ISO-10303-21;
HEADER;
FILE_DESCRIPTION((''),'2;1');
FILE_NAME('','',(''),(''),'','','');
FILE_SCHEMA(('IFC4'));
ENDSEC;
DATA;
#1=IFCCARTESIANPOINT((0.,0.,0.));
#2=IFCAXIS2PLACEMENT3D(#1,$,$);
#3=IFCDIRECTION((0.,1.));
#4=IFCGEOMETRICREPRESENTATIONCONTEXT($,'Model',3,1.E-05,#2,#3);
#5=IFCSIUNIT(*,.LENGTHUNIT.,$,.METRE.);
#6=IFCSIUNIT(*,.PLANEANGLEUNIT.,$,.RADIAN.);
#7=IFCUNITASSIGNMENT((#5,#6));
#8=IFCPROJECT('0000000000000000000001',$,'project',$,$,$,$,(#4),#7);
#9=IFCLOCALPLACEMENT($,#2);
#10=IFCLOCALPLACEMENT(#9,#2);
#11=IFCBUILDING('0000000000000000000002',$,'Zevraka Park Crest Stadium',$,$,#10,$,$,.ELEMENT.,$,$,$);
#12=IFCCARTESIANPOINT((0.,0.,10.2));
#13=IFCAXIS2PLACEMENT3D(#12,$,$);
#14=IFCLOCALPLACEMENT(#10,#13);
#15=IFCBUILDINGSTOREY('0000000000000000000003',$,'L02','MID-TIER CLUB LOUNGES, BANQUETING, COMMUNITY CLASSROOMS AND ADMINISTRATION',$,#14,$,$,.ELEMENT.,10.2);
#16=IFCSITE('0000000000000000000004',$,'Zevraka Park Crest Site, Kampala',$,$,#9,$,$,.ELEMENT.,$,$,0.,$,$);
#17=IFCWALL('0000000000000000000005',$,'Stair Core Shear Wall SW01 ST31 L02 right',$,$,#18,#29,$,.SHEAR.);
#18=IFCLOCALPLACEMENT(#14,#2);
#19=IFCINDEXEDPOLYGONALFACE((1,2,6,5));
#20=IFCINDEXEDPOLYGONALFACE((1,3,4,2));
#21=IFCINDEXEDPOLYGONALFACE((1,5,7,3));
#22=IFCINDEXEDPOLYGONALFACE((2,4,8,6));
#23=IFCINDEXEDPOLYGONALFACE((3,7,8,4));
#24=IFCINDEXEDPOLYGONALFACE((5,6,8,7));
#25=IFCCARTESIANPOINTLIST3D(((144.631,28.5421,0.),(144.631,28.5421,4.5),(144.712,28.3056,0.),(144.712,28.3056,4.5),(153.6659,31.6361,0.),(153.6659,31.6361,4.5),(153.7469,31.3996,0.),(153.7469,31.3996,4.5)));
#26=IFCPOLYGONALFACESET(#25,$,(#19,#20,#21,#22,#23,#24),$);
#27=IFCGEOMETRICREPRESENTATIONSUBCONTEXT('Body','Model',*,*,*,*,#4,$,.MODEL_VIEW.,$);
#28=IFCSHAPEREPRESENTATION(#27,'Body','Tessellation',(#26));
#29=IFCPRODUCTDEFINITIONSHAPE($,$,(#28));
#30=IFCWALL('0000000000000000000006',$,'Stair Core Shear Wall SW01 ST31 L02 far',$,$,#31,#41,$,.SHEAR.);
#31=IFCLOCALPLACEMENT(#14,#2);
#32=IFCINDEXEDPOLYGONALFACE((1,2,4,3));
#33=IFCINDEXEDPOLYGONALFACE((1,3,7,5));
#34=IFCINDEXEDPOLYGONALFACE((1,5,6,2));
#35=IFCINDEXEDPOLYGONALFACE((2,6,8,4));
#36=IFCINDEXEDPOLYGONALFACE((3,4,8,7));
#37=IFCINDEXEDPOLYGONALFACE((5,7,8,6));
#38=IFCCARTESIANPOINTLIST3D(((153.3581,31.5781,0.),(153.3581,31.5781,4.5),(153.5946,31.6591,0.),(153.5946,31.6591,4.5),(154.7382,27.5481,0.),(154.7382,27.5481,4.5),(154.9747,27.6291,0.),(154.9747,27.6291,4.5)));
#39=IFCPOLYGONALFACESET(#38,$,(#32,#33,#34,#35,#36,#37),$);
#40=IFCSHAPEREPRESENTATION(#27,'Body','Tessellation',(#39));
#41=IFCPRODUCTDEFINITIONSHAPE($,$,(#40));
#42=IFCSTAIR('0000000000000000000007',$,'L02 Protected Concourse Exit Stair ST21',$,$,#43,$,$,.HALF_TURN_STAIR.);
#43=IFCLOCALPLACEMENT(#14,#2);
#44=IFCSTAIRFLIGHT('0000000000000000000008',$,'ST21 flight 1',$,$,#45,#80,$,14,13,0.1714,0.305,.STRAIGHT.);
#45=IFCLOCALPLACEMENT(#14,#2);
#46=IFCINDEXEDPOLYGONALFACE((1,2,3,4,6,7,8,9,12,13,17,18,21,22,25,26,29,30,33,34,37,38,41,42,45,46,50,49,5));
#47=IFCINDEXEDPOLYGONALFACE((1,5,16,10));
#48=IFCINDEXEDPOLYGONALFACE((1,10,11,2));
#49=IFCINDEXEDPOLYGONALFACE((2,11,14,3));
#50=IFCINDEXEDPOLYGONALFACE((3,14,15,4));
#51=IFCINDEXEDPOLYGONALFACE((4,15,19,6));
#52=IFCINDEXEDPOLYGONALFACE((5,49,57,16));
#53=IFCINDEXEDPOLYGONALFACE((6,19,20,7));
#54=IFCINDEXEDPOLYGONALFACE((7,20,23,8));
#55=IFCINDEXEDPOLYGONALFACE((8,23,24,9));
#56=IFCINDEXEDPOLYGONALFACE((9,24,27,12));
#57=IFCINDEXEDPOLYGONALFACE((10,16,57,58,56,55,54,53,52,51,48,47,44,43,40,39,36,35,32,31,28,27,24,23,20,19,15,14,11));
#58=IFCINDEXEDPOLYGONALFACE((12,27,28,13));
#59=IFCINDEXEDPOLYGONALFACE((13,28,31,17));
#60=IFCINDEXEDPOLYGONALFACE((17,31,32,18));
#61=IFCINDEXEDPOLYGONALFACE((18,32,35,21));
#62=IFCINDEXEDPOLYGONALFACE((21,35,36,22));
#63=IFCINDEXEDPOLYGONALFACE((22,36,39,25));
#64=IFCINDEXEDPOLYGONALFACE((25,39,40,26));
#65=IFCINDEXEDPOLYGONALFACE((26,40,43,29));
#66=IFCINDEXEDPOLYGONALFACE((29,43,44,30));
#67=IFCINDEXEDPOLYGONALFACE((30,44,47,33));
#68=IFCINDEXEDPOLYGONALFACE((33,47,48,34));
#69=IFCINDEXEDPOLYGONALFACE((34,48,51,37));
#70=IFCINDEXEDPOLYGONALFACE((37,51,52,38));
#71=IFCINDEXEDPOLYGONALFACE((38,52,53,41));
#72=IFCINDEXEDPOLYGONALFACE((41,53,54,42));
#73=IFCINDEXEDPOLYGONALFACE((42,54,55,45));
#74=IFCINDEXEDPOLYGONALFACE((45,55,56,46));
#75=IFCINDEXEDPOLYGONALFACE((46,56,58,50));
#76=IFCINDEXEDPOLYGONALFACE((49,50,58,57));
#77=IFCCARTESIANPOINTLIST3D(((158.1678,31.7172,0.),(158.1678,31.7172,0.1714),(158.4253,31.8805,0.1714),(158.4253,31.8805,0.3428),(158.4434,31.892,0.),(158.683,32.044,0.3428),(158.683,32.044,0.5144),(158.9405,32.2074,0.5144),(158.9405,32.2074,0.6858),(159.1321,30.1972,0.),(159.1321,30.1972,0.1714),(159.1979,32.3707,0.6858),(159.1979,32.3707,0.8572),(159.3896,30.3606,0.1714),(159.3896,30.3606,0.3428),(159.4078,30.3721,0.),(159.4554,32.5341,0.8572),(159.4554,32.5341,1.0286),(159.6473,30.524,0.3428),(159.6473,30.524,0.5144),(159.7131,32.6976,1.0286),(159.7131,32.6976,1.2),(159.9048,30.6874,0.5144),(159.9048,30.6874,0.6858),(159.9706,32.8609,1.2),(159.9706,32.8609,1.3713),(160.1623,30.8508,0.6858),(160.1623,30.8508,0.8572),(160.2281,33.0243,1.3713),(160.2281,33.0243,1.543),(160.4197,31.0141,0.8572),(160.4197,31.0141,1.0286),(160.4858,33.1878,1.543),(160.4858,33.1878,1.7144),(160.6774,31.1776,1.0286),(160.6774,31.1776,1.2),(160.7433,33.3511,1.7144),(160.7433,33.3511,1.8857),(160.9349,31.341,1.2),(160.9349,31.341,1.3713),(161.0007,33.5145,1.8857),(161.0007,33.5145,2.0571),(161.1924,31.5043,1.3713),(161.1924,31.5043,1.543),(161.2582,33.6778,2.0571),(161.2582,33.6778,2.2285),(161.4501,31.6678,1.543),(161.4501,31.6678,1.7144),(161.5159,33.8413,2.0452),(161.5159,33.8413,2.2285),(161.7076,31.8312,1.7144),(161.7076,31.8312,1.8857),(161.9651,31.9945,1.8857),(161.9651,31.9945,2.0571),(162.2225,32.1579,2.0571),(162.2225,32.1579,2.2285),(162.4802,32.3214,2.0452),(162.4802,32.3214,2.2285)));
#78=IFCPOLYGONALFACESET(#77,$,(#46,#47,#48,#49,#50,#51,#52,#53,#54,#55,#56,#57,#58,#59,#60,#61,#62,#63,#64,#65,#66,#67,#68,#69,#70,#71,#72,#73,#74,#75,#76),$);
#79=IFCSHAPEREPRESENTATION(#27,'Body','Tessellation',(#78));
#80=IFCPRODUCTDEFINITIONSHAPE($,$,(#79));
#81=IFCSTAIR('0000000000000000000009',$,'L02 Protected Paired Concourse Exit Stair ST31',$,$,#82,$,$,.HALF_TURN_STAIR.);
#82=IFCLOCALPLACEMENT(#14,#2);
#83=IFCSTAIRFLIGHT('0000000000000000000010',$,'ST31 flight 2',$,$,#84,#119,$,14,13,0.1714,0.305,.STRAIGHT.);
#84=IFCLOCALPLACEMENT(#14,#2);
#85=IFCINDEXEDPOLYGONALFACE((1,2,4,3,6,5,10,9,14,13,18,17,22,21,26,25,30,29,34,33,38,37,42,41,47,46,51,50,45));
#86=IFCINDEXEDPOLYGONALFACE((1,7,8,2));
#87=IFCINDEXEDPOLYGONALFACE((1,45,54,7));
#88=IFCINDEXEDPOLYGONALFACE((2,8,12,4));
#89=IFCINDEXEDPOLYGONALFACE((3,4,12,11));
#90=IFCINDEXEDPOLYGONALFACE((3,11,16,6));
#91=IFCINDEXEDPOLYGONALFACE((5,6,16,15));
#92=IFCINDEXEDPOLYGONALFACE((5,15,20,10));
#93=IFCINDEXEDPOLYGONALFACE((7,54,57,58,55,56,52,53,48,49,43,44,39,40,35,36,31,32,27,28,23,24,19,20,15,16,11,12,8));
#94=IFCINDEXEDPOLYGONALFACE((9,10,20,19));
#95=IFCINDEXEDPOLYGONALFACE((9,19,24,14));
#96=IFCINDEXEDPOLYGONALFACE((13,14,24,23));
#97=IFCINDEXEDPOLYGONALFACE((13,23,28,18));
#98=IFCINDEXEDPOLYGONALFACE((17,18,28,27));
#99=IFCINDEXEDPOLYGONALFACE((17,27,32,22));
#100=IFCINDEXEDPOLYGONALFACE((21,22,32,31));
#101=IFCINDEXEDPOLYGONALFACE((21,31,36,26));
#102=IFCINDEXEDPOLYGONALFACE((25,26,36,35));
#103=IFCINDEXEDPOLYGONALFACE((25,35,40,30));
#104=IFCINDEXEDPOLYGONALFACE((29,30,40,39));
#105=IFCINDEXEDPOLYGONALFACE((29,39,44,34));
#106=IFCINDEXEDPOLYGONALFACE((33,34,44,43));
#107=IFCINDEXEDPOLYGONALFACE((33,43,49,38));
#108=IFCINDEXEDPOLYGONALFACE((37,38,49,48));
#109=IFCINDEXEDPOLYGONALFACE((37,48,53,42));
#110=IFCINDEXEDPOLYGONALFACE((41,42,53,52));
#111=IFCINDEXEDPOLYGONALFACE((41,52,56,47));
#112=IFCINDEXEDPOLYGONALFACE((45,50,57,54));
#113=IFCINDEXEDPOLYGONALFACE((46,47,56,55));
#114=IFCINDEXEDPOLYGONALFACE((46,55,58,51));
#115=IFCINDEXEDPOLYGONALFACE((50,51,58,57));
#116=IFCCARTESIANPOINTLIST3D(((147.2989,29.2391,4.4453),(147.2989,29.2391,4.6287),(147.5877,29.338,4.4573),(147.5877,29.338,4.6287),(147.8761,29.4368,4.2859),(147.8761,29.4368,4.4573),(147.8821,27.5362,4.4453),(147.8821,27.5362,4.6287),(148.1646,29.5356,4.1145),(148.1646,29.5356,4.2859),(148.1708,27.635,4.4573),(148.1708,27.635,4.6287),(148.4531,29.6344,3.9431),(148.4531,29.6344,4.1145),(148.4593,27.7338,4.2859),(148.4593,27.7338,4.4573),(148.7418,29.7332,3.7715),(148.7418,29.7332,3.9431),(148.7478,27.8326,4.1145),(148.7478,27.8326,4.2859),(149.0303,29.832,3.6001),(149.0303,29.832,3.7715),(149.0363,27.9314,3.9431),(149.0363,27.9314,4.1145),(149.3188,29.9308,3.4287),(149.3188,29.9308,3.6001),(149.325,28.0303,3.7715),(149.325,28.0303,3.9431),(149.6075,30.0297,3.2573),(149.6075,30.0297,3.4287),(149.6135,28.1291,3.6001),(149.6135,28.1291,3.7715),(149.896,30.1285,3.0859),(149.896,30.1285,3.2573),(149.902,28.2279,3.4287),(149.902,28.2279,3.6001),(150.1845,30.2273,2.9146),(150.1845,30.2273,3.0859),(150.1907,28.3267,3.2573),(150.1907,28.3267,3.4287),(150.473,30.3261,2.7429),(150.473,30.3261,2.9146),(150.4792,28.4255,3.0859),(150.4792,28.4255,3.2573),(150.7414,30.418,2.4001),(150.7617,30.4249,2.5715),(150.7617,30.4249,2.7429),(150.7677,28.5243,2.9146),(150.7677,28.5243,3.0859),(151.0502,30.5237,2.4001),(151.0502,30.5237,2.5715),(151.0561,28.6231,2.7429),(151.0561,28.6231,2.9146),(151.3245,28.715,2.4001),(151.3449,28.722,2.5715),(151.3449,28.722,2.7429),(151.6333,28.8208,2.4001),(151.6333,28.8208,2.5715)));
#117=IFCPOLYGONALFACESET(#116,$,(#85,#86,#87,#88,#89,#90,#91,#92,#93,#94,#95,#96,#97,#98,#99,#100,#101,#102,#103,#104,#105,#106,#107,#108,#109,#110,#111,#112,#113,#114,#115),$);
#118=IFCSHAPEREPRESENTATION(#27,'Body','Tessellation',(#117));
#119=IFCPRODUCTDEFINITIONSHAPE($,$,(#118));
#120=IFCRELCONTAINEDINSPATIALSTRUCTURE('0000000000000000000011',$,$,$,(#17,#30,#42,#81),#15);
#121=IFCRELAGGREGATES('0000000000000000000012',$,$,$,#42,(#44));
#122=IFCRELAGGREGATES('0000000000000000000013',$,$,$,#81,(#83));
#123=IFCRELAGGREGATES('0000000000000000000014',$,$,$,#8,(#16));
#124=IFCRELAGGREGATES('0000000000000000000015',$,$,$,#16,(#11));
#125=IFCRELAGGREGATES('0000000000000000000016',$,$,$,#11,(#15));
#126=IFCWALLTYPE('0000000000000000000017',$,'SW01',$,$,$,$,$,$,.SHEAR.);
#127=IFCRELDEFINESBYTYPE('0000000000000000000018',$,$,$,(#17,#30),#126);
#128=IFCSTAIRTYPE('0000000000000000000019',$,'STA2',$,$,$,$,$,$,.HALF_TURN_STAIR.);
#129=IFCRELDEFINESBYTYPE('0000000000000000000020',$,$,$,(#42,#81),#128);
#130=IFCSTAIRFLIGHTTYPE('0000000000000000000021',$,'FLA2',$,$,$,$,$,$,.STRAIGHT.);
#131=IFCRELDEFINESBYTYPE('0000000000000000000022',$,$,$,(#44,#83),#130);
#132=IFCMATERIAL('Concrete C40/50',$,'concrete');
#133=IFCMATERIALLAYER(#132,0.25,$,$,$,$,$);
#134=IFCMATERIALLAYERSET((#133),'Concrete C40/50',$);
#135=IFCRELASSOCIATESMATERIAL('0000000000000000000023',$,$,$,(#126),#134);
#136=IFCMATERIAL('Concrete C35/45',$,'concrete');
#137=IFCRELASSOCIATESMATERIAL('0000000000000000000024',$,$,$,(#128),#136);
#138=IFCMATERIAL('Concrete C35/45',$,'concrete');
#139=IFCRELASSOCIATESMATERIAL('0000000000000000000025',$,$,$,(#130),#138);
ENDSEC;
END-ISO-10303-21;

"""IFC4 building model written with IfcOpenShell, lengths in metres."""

from ifc_helpers import new_model, si_unit, direction, frame, frame_2d, origin, place, context, subcontext, project, spatial, polyline, rectangle, outline, extrude, material, layer, layer_set, type_object, element, aggregate, save


model = new_model("IFC4")

# Units and contexts
model_context = context("Model", 3, precision=1e-05, world=origin(), true_north=direction((0.0, 1.0)))
body_context = subcontext(model_context, "Body", "Model", "MODEL_VIEW")
ifc_project = project(units=[si_unit("LENGTHUNIT", "METRE"), si_unit("PLANEANGLEUNIT", "RADIAN")], contexts=[model_context])

# Site, building, storey
site_placement = place(None, origin())
site = spatial("IfcSite", under=ifc_project, at=site_placement, Name="Zevraka Park Crest Site, Kampala", CompositionType="ELEMENT", RefElevation=0.0)
building_placement = place(site_placement, origin())
building = spatial("IfcBuilding", under=site, at=building_placement, Name="Zevraka Park Crest Stadium", CompositionType="ELEMENT")
storey_placement = place(building_placement, frame((0.0, 0.0, 10.2)))
storey = spatial("IfcBuildingStorey", under=building, at=storey_placement, Name="L02", Description="MID-TIER CLUB LOUNGES, BANQUETING, COMMUNITY CLASSROOMS AND ADMINISTRATION", CompositionType="ELEMENT", Elevation=10.2)

# Shared definitions
ifc_material_1 = material(Name="Concrete C40/50", Category="concrete")
ifc_layer_1 = layer(ifc_material_1, 0.25)
ifc_layer_set_1 = layer_set([ifc_layer_1], Name="Concrete C40/50")
wall_type_1 = type_object("IfcWallType", Name="SW01", PredefinedType="SHEAR", material=ifc_layer_set_1)

# Walls
wall_1_placement = place(storey_placement, frame((153.7063, 31.5178, 0.0), z_axis=(0.0, 0.0, 1.0), x_axis=(-0.946064, -0.323979, 0.0)))
element("IfcWall", 1, at=wall_1_placement, inside=storey, type_object=wall_type_1, Name="Stair Core Shear Wall SW01 ST31 L02 right", PredefinedType="SHEAR", context=body_context, shape_type="SweptSolid", body=[
    extrude(rectangle(XDim=9.55, YDim=0.25, at=frame_2d((4.7749, 0.0))), origin(), (0.0, 0.0, 1.0), 4.5),
])
wall_2_placement = place(storey_placement, frame((154.8564, 27.5886, 0.0), z_axis=(0.0, 0.0, 1.0), x_axis=(-0.323989, 0.946061, 0.0)))
element("IfcWall", 2, at=wall_2_placement, inside=storey, type_object=wall_type_1, Name="Stair Core Shear Wall SW01 ST31 L02 far", PredefinedType="SHEAR", context=body_context, shape_type="SweptSolid", body=[
    extrude(rectangle(XDim=4.2598, YDim=0.25, at=frame_2d((2.1299, 0.0))), origin(), (0.0, 0.0, 1.0), 4.5),
])

# Stairs, stair flights
ifc_material_2 = material(Name="Concrete C35/45", Category="concrete")
stair_type = type_object("IfcStairType", Name="STA2", PredefinedType="HALF_TURN_STAIR", material=ifc_material_2)
stair_1_placement = place(storey_placement, origin())
stair_1 = element("IfcStair", 3, at=stair_1_placement, inside=storey, type_object=stair_type, Name="L02 Protected Concourse Exit Stair ST21", PredefinedType="HALF_TURN_STAIR")
ifc_material_3 = material(Name="Concrete C35/45", Category="concrete")
stair_flight_type = type_object("IfcStairFlightType", Name="FLA2", PredefinedType="STRAIGHT", material=ifc_material_3)
stair_flight_1_placement = place(storey_placement, frame((158.6499, 30.9573, 0.0), z_axis=(0.0, 0.0, 1.0), x_axis=(0.844397, 0.535718, 0.0)))
stair_flight_1 = element("IfcStairFlight", 4, at=stair_flight_1_placement, type_object=stair_flight_type, Name="ST21 flight 1", NumberOfRisers=14, NumberOfTreads=13, PredefinedType="STRAIGHT", RiserHeight=0.1714, TreadLength=0.305, context=body_context, shape_type="SweptSolid", body=[
    extrude(outline(polyline([(0.0, 0.0), (0.0, 0.1714), (0.3049, 0.1714), (0.3049, 0.3428), (0.6101, 0.3428), (0.6101, 0.5144), (0.915, 0.5144), (0.915, 0.6858), (1.22, 0.6858), (1.22, 0.8572), (1.5249, 0.8572), (1.5249, 1.0286), (1.8301, 1.0286), (1.8301, 1.2), (2.135, 1.2), (2.135, 1.3713), (2.4399, 1.3713), (2.4399, 1.543), (2.7451, 1.543), (2.7451, 1.7144), (3.05, 1.7144), (3.05, 1.8857), (3.355, 1.8857), (3.355, 2.0571), (3.6599, 2.0571), (3.6599, 2.2285), (3.9651, 2.2285), (3.9651, 2.3999), (3.9651, 2.0452), (0.3264, 0.0), (0.0, 0.0)])), frame((0.0, 0.8999, 0.0), z_axis=(0.0, -1.0, 0.0), x_axis=(1.0, 0.0, 0.0)), (0.0, 0.0, 1.0), 1.8),
])
aggregate(stair_1, [stair_flight_1])
stair_2_placement = place(storey_placement, origin())
stair_2 = element("IfcStair", 5, at=stair_2_placement, inside=storey, type_object=stair_type, Name="L02 Protected Paired Concourse Exit Stair ST31", PredefinedType="HALF_TURN_STAIR")
stair_flight_2_placement = place(storey_placement, frame((151.3418, 29.6721, 2.4001), z_axis=(0.0, 0.0, 1.0), x_axis=(-0.946066, -0.323974, 0.0)))
stair_flight_2 = element("IfcStairFlight", 6, at=stair_flight_2_placement, type_object=stair_flight_type, Name="ST31 flight 2", NumberOfRisers=14, NumberOfTreads=13, PredefinedType="STRAIGHT", RiserHeight=0.1714, TreadLength=0.305, context=body_context, shape_type="SweptSolid", body=[
    extrude(outline(polyline([(0.0, 0.0), (0.0, 0.1714), (0.3049, 0.1714), (0.3049, 0.3428), (0.6101, 0.3428), (0.6101, 0.5144), (0.915, 0.5144), (0.915, 0.6858), (1.22, 0.6858), (1.22, 0.8572), (1.5249, 0.8572), (1.5249, 1.0286), (1.8301, 1.0286), (1.8301, 1.2), (2.135, 1.2), (2.135, 1.3713), (2.4399, 1.3713), (2.4399, 1.543), (2.7451, 1.543), (2.7451, 1.7144), (3.05, 1.7144), (3.05, 1.8857), (3.355, 1.8857), (3.355, 2.0571), (3.6599, 2.0571), (3.6599, 2.2285), (3.9651, 2.2285), (3.9651, 2.3999), (3.9651, 2.0452), (0.3264, 0.0), (0.0, 0.0)])), frame((0.0, 0.8999, 0.0), z_axis=(0.0, -1.0, 0.0), x_axis=(1.0, 0.0, 0.0)), (0.0, 0.0, 1.0), 1.8),
])
aggregate(stair_2, [stair_flight_2])

save(model, "model.ifc")
